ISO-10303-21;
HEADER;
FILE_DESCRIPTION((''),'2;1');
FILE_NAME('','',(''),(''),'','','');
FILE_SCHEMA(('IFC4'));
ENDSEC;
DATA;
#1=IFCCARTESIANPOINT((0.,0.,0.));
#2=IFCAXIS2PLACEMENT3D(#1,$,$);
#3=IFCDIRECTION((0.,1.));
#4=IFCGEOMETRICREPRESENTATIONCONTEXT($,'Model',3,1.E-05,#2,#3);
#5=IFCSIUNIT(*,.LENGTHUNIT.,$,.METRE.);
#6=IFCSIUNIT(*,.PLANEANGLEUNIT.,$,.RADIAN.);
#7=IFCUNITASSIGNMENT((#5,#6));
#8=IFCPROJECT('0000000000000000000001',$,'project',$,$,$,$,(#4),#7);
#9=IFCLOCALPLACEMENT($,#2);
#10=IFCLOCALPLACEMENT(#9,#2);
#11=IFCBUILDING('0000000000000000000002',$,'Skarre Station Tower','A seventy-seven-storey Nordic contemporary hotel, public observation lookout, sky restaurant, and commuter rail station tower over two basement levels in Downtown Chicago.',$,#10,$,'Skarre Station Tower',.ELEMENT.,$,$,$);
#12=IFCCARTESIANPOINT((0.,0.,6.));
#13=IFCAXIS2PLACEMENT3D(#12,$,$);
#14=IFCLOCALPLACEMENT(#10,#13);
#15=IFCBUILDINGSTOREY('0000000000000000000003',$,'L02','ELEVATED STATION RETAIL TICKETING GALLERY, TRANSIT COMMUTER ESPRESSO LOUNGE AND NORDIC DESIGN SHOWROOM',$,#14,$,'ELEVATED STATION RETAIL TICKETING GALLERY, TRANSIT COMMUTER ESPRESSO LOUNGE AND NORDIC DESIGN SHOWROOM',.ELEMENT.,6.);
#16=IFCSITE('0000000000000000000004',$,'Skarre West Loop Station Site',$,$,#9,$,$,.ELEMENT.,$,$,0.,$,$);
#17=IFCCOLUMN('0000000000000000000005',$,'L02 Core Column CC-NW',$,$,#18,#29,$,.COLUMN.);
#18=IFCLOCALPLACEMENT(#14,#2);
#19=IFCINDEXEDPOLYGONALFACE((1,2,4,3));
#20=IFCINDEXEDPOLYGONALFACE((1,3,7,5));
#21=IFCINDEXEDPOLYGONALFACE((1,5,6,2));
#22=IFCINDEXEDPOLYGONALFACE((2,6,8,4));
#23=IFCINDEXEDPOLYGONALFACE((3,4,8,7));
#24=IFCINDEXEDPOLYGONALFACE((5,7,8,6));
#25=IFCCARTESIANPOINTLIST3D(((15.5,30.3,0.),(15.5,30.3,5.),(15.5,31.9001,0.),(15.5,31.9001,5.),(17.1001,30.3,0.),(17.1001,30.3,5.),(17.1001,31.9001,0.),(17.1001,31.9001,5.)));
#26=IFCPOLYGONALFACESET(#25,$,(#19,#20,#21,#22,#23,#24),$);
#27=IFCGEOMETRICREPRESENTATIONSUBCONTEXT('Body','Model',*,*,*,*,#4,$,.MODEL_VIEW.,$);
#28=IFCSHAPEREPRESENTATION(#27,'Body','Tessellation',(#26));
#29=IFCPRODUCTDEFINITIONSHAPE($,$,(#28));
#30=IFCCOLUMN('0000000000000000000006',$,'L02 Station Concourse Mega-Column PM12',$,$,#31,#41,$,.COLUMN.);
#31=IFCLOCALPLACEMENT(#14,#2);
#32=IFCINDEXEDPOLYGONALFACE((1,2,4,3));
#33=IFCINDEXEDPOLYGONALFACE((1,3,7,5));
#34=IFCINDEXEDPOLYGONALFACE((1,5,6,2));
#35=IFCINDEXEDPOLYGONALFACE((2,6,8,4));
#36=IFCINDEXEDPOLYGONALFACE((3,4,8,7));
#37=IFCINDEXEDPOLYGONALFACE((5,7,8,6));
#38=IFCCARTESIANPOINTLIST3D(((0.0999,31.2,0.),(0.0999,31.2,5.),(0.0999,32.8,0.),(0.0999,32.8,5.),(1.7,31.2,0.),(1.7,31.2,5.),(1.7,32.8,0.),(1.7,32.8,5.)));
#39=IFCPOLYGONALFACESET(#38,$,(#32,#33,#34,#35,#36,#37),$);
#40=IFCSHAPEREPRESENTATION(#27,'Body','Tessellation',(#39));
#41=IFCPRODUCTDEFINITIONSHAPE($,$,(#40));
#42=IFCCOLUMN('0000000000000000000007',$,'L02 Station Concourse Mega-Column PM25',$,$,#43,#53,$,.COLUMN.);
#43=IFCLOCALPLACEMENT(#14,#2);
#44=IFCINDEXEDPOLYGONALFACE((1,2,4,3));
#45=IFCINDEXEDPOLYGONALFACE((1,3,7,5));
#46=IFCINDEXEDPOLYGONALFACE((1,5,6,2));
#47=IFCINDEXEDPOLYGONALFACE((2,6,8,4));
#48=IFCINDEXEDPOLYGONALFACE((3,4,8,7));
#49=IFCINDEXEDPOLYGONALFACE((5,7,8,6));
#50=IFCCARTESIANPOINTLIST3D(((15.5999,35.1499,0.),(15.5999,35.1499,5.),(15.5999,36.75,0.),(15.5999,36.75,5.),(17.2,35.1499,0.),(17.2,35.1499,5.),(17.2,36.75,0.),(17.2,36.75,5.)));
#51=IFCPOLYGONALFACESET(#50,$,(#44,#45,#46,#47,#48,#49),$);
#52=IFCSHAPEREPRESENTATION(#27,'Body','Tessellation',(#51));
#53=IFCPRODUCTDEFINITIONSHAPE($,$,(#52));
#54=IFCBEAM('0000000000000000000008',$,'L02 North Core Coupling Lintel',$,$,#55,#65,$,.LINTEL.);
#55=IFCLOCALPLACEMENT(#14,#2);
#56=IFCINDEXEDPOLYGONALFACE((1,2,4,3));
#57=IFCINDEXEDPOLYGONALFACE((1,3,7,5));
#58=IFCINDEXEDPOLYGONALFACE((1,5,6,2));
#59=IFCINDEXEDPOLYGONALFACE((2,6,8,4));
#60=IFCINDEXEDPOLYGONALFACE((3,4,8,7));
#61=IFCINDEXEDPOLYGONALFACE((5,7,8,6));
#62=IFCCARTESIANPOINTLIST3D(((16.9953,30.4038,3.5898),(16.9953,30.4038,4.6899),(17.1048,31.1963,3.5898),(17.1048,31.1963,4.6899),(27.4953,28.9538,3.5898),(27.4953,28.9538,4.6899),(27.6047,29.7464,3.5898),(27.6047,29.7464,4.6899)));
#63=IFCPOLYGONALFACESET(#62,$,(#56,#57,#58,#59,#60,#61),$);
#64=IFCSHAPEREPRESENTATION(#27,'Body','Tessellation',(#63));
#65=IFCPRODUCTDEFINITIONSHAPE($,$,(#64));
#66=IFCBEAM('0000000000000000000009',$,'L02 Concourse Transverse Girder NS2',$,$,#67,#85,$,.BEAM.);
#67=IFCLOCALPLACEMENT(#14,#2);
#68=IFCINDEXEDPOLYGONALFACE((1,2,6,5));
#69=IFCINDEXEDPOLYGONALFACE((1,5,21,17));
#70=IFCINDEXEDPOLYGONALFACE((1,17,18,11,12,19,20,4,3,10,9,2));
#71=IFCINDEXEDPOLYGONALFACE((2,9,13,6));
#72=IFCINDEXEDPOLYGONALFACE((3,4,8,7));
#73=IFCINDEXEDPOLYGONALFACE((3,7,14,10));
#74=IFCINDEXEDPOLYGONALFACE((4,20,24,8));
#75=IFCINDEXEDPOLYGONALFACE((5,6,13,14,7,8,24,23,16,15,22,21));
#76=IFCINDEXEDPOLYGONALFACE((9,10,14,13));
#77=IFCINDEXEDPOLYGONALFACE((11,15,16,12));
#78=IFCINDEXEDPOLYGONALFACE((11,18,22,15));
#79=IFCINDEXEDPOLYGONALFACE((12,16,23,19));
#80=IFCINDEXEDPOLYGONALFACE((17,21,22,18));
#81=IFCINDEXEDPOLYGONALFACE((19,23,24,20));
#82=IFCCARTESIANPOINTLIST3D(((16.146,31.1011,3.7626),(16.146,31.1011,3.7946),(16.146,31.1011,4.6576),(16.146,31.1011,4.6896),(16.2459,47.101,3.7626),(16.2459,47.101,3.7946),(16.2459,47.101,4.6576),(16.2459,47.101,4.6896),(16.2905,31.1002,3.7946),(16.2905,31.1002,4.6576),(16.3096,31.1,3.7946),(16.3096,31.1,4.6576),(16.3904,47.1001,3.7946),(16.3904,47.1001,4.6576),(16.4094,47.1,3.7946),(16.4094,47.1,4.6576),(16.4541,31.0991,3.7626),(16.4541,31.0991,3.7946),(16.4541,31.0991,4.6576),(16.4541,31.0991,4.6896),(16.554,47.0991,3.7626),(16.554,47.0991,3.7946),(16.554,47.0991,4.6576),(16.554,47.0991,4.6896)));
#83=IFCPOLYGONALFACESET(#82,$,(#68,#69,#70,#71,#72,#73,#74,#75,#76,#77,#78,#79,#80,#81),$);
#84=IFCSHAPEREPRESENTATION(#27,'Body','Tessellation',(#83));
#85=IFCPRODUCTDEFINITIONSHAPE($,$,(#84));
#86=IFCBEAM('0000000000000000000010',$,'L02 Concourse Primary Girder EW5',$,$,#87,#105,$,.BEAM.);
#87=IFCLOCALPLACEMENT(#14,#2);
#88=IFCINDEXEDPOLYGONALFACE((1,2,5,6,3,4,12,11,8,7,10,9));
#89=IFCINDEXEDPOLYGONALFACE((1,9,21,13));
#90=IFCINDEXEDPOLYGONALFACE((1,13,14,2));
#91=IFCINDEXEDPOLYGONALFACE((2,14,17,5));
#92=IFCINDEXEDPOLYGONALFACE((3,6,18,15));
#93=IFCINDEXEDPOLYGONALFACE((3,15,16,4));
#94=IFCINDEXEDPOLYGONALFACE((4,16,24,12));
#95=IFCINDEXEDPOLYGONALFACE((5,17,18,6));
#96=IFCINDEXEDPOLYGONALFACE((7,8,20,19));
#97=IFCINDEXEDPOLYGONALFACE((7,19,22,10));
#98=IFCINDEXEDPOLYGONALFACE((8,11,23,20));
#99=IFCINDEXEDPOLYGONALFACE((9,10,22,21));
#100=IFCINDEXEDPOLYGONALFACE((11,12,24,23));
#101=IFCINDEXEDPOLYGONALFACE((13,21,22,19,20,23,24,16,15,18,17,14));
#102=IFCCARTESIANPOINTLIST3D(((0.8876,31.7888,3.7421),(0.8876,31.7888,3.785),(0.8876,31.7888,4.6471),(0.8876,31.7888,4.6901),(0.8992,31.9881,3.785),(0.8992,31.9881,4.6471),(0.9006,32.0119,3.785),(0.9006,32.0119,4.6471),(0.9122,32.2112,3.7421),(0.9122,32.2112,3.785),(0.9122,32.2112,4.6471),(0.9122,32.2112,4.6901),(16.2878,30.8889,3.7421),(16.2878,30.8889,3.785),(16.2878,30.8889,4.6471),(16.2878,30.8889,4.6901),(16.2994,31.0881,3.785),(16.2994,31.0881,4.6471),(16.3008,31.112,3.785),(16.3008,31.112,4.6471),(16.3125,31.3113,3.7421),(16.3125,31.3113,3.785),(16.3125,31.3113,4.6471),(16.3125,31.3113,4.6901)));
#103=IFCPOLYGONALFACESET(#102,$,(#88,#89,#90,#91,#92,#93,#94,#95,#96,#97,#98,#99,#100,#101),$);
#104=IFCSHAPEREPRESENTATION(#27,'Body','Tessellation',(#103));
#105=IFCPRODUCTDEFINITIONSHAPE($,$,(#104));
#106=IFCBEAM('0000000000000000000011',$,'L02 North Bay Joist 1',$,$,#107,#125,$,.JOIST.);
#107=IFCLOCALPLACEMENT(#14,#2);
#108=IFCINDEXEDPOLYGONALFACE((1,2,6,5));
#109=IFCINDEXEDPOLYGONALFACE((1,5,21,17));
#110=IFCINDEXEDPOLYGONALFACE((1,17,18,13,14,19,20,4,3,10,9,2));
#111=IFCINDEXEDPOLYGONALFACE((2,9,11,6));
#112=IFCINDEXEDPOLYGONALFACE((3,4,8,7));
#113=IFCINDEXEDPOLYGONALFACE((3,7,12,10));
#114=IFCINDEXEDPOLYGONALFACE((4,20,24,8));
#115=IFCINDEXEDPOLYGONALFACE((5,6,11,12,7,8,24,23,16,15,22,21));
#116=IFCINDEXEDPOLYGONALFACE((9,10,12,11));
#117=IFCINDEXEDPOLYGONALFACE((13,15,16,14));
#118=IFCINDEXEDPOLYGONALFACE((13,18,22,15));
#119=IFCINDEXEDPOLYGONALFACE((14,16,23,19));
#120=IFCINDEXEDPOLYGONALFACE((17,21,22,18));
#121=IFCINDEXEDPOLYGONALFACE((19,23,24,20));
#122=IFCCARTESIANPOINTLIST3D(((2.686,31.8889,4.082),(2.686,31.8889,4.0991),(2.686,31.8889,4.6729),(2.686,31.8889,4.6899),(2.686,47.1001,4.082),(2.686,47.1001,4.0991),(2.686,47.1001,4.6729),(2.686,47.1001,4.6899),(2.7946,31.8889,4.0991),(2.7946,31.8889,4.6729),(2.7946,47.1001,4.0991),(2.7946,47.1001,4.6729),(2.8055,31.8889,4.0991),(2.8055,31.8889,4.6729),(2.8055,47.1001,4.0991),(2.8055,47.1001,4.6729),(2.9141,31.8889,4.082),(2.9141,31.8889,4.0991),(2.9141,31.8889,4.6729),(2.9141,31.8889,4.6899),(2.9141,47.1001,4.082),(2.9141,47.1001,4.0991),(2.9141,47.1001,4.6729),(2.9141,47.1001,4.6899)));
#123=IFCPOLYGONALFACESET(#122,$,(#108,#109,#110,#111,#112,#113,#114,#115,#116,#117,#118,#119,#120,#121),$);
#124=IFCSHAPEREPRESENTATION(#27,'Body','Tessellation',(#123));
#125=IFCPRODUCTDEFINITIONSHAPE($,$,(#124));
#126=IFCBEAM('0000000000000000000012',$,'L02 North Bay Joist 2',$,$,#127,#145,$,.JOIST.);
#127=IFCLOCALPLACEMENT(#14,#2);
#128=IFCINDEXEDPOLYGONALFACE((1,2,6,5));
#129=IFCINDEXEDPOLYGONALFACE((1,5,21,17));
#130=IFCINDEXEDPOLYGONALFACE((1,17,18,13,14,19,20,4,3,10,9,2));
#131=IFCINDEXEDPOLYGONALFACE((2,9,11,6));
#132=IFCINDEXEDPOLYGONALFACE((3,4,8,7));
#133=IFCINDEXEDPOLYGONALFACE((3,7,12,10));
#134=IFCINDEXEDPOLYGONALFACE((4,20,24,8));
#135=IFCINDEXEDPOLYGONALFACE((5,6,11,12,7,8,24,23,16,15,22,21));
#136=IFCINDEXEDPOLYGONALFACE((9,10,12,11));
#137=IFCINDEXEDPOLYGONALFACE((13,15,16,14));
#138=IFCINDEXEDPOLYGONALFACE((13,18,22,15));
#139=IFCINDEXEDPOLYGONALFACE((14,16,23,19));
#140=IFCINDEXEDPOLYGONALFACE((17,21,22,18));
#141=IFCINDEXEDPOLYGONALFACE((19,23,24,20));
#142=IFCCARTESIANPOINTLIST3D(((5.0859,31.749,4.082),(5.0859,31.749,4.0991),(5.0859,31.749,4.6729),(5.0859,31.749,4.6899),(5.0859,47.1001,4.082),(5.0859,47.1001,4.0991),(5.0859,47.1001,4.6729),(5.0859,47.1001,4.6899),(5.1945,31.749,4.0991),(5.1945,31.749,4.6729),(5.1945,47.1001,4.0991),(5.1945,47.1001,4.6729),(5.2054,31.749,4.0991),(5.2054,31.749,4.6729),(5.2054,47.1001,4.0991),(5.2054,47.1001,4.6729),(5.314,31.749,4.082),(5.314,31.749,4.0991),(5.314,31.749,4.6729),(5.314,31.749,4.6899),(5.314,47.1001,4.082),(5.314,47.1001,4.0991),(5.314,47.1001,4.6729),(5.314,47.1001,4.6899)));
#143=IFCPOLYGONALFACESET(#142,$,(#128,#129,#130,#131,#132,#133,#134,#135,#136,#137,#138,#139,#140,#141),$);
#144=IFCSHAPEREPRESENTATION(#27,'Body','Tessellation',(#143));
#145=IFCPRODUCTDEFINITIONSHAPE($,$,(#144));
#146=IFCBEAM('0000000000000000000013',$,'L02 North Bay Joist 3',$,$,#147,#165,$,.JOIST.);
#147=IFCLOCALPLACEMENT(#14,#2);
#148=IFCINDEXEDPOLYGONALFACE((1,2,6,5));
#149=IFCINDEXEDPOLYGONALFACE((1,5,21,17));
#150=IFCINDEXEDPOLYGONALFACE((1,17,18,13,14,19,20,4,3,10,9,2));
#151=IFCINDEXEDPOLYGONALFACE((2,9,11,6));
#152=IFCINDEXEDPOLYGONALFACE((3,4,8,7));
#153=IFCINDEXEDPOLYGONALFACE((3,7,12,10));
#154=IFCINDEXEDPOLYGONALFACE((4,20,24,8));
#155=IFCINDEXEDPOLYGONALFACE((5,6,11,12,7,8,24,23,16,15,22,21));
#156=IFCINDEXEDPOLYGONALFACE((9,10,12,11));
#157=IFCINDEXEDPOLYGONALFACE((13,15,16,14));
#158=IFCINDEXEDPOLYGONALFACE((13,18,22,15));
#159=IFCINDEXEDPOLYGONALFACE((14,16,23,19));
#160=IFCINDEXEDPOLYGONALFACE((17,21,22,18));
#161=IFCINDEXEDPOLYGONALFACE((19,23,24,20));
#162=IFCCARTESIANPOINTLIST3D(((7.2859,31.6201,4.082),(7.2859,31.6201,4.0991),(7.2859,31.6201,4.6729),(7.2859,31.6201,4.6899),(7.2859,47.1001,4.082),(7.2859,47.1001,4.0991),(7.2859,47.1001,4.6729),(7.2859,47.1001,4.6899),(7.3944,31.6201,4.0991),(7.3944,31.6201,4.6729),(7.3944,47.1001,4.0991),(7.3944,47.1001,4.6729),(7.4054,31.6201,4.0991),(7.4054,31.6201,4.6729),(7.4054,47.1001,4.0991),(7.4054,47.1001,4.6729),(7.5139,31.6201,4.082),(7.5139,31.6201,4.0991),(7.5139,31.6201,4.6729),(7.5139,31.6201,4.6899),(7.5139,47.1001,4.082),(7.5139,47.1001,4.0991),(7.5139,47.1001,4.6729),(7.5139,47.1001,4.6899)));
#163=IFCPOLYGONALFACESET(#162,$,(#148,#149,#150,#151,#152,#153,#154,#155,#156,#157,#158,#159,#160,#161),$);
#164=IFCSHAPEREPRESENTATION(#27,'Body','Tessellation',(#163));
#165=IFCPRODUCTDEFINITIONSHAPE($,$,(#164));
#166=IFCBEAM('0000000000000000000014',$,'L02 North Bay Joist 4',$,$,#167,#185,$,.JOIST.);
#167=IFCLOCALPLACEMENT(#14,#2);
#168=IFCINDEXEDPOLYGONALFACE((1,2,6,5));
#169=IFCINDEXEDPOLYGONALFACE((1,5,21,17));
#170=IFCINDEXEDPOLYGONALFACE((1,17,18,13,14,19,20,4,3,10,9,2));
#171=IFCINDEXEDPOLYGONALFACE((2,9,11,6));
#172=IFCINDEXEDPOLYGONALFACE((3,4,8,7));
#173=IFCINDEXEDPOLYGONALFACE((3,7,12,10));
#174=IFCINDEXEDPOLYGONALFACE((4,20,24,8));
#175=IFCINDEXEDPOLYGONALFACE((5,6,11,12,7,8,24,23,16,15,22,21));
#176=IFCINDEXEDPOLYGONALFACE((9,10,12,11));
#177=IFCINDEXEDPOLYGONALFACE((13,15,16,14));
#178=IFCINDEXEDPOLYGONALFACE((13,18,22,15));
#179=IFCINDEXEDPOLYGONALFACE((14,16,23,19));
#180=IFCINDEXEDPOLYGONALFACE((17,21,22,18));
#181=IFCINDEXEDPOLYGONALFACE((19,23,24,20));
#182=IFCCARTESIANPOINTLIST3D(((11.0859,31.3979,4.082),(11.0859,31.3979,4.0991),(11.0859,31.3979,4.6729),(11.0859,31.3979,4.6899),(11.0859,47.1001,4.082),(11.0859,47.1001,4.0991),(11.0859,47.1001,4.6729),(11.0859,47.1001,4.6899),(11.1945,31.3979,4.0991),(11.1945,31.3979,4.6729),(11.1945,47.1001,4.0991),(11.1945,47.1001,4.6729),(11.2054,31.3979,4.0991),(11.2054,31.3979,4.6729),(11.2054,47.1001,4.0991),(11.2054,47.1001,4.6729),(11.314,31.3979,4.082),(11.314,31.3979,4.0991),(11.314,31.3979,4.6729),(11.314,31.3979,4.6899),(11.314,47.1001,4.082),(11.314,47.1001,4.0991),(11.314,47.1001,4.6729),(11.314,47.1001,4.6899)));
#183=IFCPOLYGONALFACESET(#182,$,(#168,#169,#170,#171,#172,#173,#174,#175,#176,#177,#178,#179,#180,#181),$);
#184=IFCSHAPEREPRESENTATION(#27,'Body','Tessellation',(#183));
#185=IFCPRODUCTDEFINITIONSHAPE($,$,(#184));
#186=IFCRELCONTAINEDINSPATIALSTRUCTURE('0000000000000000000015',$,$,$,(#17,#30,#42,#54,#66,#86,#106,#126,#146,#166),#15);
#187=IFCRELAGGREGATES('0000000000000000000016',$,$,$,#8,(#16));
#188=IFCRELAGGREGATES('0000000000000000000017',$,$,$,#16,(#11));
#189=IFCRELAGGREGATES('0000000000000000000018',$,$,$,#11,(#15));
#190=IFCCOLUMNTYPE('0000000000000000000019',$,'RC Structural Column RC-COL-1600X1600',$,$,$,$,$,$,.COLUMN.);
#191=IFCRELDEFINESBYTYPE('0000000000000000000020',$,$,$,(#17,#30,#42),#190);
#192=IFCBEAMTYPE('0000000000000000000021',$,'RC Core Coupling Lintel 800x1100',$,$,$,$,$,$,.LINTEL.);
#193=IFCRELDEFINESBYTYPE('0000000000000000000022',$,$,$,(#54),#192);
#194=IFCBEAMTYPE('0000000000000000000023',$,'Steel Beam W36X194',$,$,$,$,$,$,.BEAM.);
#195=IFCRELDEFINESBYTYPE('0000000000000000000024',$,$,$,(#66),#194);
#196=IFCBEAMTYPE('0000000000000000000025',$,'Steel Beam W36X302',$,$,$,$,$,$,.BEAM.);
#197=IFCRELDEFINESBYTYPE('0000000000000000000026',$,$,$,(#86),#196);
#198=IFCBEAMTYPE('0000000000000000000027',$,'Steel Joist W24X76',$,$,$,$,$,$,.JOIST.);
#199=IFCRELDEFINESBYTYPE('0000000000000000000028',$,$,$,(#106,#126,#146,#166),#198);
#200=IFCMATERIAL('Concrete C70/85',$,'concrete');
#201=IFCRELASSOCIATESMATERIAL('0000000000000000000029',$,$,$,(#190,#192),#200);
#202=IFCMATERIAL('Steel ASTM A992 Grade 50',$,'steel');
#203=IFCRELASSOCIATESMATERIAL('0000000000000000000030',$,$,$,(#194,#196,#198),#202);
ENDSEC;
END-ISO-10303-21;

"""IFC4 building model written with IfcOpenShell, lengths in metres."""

from ifc_helpers import new_model, si_unit, direction, frame, origin, origin_2d, place, context, subcontext, project, spatial, rectangle, i_section, extrude, material, material_profile, profile_set, type_object, element, save


model = new_model("IFC4")

# Units and contexts
model_context = context("Model", 3, precision=1e-05, world=origin(), true_north=direction((0.0, 1.0)))
body_context = subcontext(model_context, "Body", "Model", "MODEL_VIEW")
ifc_project = project(units=[si_unit("LENGTHUNIT", "METRE"), si_unit("PLANEANGLEUNIT", "RADIAN")], contexts=[model_context])

# Site, building, storey
site_placement = place(None, origin())
site = spatial("IfcSite", under=ifc_project, at=site_placement, Name="Skarre West Loop Station Site", CompositionType="ELEMENT", RefElevation=0.0)
building_placement = place(site_placement, origin())
building = spatial("IfcBuilding", under=site, at=building_placement, Name="Skarre Station Tower", Description="A seventy-seven-storey Nordic contemporary hotel, public observation lookout, sky restaurant, and commuter rail station tower over two basement levels in Downtown Chicago.", LongName="Skarre Station Tower", CompositionType="ELEMENT")
storey_placement = place(building_placement, frame((0.0, 0.0, 6.0)))
storey = spatial("IfcBuildingStorey", under=building, at=storey_placement, Name="L02", Description="ELEVATED STATION RETAIL TICKETING GALLERY, TRANSIT COMMUTER ESPRESSO LOUNGE AND NORDIC DESIGN SHOWROOM", LongName="ELEVATED STATION RETAIL TICKETING GALLERY, TRANSIT COMMUTER ESPRESSO LOUNGE AND NORDIC DESIGN SHOWROOM", CompositionType="ELEMENT", Elevation=6.0)

# Columns
ifc_material_1 = material(Name="Concrete C70/85", Category="concrete")
ifc_material_profile_1 = material_profile(ifc_material_1, rectangle(XDim=1.6001, YDim=1.6001, at=origin_2d()), Name="Concrete C70/85")
ifc_profile_set_1 = profile_set([ifc_material_profile_1], Name="Concrete C70/85")
column_type = type_object("IfcColumnType", Name="RC Structural Column RC-COL-1600X1600", PredefinedType="COLUMN", material=ifc_profile_set_1)
for number, where, z_axis, x_axis, name in (
    (1, (16.3, 31.1001, 0.0), (0.0, 0.0, 1.0), (1.0, 0.0, 0.0), "L02 Core Column CC-NW"),
    (2, (0.8999, 32.0, 0.0), (0.0, 0.0, 1.0), (1.0, 0.0, 0.0), "L02 Station Concourse Mega-Column PM12"),
    (3, (16.3999, 35.95, 0.0), (0.0, 0.0, 1.0), (1.0, 0.0, 0.0), "L02 Station Concourse Mega-Column PM25"),
):
    element("IfcColumn", number, at=place(storey_placement, frame(where, z_axis=z_axis, x_axis=x_axis)), inside=storey, type_object=column_type, Name=name, PredefinedType="COLUMN", context=body_context, shape_type="SweptSolid", body=[
        extrude(rectangle(XDim=1.6001, YDim=1.6001, at=origin_2d()), origin(), (0.0, 0.0, 1.0), 5.0),
    ])

# Beams
ifc_material_profile_2 = material_profile(ifc_material_1, rectangle(XDim=0.8, YDim=1.1001, at=origin_2d()), Name="Concrete C70/85")
ifc_profile_set_2 = profile_set([ifc_material_profile_2], Name="Concrete C70/85")
beam_type_1 = type_object("IfcBeamType", Name="RC Core Coupling Lintel 800x1100", PredefinedType="LINTEL", material=ifc_profile_set_2)
beam_1_placement = place(storey_placement, frame((17.05, 30.8, 4.1399), z_axis=(0.9906, -0.136792, 0.0), x_axis=(0.136792, 0.9906, 0.0)))
element("IfcBeam", 4, at=beam_1_placement, inside=storey, type_object=beam_type_1, Name="L02 North Core Coupling Lintel", PredefinedType="LINTEL", context=body_context, shape_type="SweptSolid", body=[
    extrude(rectangle(XDim=0.8, YDim=1.1001, at=origin_2d()), origin(), (0.0, 0.0, 1.0), 10.5996),
])
ifc_material_2 = material(Name="Steel ASTM A992 Grade 50", Category="steel")
ifc_material_profile_3 = material_profile(ifc_material_2, i_section(OverallWidth=0.3081, OverallDepth=0.927, WebThickness=0.019, FlangeThickness=0.032, at=origin_2d()), Name="Steel ASTM A992 Grade 50")
ifc_profile_set_3 = profile_set([ifc_material_profile_3], Name="Steel ASTM A992 Grade 50")
beam_type_2 = type_object("IfcBeamType", Name="Steel Beam W36X194", PredefinedType="BEAM", material=ifc_profile_set_3)
beam_2_placement = place(storey_placement, frame((16.3, 31.1001, 4.2261), z_axis=(0.006241, 0.999981, 0.0), x_axis=(-0.999981, 0.006241, 0.0)))
element("IfcBeam", 5, at=beam_2_placement, inside=storey, type_object=beam_type_2, Name="L02 Concourse Transverse Girder NS2", PredefinedType="BEAM", context=body_context, shape_type="SweptSolid", body=[
    extrude(i_section(OverallWidth=0.3081, OverallDepth=0.927, WebThickness=0.019, FlangeThickness=0.032, at=origin_2d()), origin(), (0.0, 0.0, 1.0), 16.0002),
])
ifc_material_profile_4 = material_profile(ifc_material_2, i_section(OverallWidth=0.4231, OverallDepth=0.948, WebThickness=0.0239, FlangeThickness=0.043, at=origin_2d()), Name="Steel ASTM A992 Grade 50")
ifc_profile_set_4 = profile_set([ifc_material_profile_4], Name="Steel ASTM A992 Grade 50")
beam_type_3 = type_object("IfcBeamType", Name="Steel Beam W36X302", PredefinedType="BEAM", material=ifc_profile_set_4)
beam_3_placement = place(storey_placement, frame((0.8999, 32.0, 4.2161), z_axis=(0.998297, -0.058335, 0.0), x_axis=(0.058335, 0.998297, 0.0)))
element("IfcBeam", 6, at=beam_3_placement, inside=storey, type_object=beam_type_3, Name="L02 Concourse Primary Girder EW5", PredefinedType="BEAM", context=body_context, shape_type="SweptSolid", body=[
    extrude(i_section(OverallWidth=0.4231, OverallDepth=0.948, WebThickness=0.0239, FlangeThickness=0.043, at=origin_2d()), origin(), (0.0, 0.0, 1.0), 15.4265),
])
ifc_material_profile_5 = material_profile(ifc_material_2, i_section(OverallWidth=0.228, OverallDepth=0.6079, WebThickness=0.011, FlangeThickness=0.0171, at=origin_2d()), Name="Steel ASTM A992 Grade 50")
ifc_profile_set_5 = profile_set([ifc_material_profile_5], Name="Steel ASTM A992 Grade 50")
beam_type_4 = type_object("IfcBeamType", Name="Steel Joist W24X76", PredefinedType="JOIST", material=ifc_profile_set_5)
beam_4_placement = place(storey_placement, frame((2.8, 31.8889, 4.386), z_axis=(0.0, 1.0, 0.0), x_axis=(-1.0, 0.0, 0.0)))
element("IfcBeam", 7, at=beam_4_placement, inside=storey, type_object=beam_type_4, Name="L02 North Bay Joist 1", PredefinedType="JOIST", context=body_context, shape_type="SweptSolid", body=[
    extrude(i_section(OverallWidth=0.228, OverallDepth=0.6079, WebThickness=0.011, FlangeThickness=0.0171, at=origin_2d()), origin(), (0.0, 0.0, 1.0), 15.2112),
])
beam_5_placement = place(storey_placement, frame((5.2, 31.749, 4.386), z_axis=(0.0, 1.0, 0.0), x_axis=(-1.0, 0.0, 0.0)))
element("IfcBeam", 8, at=beam_5_placement, inside=storey, type_object=beam_type_4, Name="L02 North Bay Joist 2", PredefinedType="JOIST", context=body_context, shape_type="SweptSolid", body=[
    extrude(i_section(OverallWidth=0.228, OverallDepth=0.6079, WebThickness=0.011, FlangeThickness=0.0171, at=origin_2d()), origin(), (0.0, 0.0, 1.0), 15.3511),
])
beam_6_placement = place(storey_placement, frame((7.3999, 31.6201, 4.386), z_axis=(0.0, 1.0, 0.0), x_axis=(-1.0, 0.0, 0.0)))
element("IfcBeam", 9, at=beam_6_placement, inside=storey, type_object=beam_type_4, Name="L02 North Bay Joist 3", PredefinedType="JOIST", context=body_context, shape_type="SweptSolid", body=[
    extrude(i_section(OverallWidth=0.228, OverallDepth=0.6079, WebThickness=0.011, FlangeThickness=0.0171, at=origin_2d()), origin(), (0.0, 0.0, 1.0), 15.48),
])
beam_7_placement = place(storey_placement, frame((11.2, 31.3979, 4.386), z_axis=(0.0, 1.0, 0.0), x_axis=(-1.0, 0.0, 0.0)))
element("IfcBeam", 10, at=beam_7_placement, inside=storey, type_object=beam_type_4, Name="L02 North Bay Joist 4", PredefinedType="JOIST", context=body_context, shape_type="SweptSolid", body=[
    extrude(i_section(OverallWidth=0.228, OverallDepth=0.6079, WebThickness=0.011, FlangeThickness=0.0171, at=origin_2d()), origin(), (0.0, 0.0, 1.0), 15.7021),
])

save(model, "model.ifc")
